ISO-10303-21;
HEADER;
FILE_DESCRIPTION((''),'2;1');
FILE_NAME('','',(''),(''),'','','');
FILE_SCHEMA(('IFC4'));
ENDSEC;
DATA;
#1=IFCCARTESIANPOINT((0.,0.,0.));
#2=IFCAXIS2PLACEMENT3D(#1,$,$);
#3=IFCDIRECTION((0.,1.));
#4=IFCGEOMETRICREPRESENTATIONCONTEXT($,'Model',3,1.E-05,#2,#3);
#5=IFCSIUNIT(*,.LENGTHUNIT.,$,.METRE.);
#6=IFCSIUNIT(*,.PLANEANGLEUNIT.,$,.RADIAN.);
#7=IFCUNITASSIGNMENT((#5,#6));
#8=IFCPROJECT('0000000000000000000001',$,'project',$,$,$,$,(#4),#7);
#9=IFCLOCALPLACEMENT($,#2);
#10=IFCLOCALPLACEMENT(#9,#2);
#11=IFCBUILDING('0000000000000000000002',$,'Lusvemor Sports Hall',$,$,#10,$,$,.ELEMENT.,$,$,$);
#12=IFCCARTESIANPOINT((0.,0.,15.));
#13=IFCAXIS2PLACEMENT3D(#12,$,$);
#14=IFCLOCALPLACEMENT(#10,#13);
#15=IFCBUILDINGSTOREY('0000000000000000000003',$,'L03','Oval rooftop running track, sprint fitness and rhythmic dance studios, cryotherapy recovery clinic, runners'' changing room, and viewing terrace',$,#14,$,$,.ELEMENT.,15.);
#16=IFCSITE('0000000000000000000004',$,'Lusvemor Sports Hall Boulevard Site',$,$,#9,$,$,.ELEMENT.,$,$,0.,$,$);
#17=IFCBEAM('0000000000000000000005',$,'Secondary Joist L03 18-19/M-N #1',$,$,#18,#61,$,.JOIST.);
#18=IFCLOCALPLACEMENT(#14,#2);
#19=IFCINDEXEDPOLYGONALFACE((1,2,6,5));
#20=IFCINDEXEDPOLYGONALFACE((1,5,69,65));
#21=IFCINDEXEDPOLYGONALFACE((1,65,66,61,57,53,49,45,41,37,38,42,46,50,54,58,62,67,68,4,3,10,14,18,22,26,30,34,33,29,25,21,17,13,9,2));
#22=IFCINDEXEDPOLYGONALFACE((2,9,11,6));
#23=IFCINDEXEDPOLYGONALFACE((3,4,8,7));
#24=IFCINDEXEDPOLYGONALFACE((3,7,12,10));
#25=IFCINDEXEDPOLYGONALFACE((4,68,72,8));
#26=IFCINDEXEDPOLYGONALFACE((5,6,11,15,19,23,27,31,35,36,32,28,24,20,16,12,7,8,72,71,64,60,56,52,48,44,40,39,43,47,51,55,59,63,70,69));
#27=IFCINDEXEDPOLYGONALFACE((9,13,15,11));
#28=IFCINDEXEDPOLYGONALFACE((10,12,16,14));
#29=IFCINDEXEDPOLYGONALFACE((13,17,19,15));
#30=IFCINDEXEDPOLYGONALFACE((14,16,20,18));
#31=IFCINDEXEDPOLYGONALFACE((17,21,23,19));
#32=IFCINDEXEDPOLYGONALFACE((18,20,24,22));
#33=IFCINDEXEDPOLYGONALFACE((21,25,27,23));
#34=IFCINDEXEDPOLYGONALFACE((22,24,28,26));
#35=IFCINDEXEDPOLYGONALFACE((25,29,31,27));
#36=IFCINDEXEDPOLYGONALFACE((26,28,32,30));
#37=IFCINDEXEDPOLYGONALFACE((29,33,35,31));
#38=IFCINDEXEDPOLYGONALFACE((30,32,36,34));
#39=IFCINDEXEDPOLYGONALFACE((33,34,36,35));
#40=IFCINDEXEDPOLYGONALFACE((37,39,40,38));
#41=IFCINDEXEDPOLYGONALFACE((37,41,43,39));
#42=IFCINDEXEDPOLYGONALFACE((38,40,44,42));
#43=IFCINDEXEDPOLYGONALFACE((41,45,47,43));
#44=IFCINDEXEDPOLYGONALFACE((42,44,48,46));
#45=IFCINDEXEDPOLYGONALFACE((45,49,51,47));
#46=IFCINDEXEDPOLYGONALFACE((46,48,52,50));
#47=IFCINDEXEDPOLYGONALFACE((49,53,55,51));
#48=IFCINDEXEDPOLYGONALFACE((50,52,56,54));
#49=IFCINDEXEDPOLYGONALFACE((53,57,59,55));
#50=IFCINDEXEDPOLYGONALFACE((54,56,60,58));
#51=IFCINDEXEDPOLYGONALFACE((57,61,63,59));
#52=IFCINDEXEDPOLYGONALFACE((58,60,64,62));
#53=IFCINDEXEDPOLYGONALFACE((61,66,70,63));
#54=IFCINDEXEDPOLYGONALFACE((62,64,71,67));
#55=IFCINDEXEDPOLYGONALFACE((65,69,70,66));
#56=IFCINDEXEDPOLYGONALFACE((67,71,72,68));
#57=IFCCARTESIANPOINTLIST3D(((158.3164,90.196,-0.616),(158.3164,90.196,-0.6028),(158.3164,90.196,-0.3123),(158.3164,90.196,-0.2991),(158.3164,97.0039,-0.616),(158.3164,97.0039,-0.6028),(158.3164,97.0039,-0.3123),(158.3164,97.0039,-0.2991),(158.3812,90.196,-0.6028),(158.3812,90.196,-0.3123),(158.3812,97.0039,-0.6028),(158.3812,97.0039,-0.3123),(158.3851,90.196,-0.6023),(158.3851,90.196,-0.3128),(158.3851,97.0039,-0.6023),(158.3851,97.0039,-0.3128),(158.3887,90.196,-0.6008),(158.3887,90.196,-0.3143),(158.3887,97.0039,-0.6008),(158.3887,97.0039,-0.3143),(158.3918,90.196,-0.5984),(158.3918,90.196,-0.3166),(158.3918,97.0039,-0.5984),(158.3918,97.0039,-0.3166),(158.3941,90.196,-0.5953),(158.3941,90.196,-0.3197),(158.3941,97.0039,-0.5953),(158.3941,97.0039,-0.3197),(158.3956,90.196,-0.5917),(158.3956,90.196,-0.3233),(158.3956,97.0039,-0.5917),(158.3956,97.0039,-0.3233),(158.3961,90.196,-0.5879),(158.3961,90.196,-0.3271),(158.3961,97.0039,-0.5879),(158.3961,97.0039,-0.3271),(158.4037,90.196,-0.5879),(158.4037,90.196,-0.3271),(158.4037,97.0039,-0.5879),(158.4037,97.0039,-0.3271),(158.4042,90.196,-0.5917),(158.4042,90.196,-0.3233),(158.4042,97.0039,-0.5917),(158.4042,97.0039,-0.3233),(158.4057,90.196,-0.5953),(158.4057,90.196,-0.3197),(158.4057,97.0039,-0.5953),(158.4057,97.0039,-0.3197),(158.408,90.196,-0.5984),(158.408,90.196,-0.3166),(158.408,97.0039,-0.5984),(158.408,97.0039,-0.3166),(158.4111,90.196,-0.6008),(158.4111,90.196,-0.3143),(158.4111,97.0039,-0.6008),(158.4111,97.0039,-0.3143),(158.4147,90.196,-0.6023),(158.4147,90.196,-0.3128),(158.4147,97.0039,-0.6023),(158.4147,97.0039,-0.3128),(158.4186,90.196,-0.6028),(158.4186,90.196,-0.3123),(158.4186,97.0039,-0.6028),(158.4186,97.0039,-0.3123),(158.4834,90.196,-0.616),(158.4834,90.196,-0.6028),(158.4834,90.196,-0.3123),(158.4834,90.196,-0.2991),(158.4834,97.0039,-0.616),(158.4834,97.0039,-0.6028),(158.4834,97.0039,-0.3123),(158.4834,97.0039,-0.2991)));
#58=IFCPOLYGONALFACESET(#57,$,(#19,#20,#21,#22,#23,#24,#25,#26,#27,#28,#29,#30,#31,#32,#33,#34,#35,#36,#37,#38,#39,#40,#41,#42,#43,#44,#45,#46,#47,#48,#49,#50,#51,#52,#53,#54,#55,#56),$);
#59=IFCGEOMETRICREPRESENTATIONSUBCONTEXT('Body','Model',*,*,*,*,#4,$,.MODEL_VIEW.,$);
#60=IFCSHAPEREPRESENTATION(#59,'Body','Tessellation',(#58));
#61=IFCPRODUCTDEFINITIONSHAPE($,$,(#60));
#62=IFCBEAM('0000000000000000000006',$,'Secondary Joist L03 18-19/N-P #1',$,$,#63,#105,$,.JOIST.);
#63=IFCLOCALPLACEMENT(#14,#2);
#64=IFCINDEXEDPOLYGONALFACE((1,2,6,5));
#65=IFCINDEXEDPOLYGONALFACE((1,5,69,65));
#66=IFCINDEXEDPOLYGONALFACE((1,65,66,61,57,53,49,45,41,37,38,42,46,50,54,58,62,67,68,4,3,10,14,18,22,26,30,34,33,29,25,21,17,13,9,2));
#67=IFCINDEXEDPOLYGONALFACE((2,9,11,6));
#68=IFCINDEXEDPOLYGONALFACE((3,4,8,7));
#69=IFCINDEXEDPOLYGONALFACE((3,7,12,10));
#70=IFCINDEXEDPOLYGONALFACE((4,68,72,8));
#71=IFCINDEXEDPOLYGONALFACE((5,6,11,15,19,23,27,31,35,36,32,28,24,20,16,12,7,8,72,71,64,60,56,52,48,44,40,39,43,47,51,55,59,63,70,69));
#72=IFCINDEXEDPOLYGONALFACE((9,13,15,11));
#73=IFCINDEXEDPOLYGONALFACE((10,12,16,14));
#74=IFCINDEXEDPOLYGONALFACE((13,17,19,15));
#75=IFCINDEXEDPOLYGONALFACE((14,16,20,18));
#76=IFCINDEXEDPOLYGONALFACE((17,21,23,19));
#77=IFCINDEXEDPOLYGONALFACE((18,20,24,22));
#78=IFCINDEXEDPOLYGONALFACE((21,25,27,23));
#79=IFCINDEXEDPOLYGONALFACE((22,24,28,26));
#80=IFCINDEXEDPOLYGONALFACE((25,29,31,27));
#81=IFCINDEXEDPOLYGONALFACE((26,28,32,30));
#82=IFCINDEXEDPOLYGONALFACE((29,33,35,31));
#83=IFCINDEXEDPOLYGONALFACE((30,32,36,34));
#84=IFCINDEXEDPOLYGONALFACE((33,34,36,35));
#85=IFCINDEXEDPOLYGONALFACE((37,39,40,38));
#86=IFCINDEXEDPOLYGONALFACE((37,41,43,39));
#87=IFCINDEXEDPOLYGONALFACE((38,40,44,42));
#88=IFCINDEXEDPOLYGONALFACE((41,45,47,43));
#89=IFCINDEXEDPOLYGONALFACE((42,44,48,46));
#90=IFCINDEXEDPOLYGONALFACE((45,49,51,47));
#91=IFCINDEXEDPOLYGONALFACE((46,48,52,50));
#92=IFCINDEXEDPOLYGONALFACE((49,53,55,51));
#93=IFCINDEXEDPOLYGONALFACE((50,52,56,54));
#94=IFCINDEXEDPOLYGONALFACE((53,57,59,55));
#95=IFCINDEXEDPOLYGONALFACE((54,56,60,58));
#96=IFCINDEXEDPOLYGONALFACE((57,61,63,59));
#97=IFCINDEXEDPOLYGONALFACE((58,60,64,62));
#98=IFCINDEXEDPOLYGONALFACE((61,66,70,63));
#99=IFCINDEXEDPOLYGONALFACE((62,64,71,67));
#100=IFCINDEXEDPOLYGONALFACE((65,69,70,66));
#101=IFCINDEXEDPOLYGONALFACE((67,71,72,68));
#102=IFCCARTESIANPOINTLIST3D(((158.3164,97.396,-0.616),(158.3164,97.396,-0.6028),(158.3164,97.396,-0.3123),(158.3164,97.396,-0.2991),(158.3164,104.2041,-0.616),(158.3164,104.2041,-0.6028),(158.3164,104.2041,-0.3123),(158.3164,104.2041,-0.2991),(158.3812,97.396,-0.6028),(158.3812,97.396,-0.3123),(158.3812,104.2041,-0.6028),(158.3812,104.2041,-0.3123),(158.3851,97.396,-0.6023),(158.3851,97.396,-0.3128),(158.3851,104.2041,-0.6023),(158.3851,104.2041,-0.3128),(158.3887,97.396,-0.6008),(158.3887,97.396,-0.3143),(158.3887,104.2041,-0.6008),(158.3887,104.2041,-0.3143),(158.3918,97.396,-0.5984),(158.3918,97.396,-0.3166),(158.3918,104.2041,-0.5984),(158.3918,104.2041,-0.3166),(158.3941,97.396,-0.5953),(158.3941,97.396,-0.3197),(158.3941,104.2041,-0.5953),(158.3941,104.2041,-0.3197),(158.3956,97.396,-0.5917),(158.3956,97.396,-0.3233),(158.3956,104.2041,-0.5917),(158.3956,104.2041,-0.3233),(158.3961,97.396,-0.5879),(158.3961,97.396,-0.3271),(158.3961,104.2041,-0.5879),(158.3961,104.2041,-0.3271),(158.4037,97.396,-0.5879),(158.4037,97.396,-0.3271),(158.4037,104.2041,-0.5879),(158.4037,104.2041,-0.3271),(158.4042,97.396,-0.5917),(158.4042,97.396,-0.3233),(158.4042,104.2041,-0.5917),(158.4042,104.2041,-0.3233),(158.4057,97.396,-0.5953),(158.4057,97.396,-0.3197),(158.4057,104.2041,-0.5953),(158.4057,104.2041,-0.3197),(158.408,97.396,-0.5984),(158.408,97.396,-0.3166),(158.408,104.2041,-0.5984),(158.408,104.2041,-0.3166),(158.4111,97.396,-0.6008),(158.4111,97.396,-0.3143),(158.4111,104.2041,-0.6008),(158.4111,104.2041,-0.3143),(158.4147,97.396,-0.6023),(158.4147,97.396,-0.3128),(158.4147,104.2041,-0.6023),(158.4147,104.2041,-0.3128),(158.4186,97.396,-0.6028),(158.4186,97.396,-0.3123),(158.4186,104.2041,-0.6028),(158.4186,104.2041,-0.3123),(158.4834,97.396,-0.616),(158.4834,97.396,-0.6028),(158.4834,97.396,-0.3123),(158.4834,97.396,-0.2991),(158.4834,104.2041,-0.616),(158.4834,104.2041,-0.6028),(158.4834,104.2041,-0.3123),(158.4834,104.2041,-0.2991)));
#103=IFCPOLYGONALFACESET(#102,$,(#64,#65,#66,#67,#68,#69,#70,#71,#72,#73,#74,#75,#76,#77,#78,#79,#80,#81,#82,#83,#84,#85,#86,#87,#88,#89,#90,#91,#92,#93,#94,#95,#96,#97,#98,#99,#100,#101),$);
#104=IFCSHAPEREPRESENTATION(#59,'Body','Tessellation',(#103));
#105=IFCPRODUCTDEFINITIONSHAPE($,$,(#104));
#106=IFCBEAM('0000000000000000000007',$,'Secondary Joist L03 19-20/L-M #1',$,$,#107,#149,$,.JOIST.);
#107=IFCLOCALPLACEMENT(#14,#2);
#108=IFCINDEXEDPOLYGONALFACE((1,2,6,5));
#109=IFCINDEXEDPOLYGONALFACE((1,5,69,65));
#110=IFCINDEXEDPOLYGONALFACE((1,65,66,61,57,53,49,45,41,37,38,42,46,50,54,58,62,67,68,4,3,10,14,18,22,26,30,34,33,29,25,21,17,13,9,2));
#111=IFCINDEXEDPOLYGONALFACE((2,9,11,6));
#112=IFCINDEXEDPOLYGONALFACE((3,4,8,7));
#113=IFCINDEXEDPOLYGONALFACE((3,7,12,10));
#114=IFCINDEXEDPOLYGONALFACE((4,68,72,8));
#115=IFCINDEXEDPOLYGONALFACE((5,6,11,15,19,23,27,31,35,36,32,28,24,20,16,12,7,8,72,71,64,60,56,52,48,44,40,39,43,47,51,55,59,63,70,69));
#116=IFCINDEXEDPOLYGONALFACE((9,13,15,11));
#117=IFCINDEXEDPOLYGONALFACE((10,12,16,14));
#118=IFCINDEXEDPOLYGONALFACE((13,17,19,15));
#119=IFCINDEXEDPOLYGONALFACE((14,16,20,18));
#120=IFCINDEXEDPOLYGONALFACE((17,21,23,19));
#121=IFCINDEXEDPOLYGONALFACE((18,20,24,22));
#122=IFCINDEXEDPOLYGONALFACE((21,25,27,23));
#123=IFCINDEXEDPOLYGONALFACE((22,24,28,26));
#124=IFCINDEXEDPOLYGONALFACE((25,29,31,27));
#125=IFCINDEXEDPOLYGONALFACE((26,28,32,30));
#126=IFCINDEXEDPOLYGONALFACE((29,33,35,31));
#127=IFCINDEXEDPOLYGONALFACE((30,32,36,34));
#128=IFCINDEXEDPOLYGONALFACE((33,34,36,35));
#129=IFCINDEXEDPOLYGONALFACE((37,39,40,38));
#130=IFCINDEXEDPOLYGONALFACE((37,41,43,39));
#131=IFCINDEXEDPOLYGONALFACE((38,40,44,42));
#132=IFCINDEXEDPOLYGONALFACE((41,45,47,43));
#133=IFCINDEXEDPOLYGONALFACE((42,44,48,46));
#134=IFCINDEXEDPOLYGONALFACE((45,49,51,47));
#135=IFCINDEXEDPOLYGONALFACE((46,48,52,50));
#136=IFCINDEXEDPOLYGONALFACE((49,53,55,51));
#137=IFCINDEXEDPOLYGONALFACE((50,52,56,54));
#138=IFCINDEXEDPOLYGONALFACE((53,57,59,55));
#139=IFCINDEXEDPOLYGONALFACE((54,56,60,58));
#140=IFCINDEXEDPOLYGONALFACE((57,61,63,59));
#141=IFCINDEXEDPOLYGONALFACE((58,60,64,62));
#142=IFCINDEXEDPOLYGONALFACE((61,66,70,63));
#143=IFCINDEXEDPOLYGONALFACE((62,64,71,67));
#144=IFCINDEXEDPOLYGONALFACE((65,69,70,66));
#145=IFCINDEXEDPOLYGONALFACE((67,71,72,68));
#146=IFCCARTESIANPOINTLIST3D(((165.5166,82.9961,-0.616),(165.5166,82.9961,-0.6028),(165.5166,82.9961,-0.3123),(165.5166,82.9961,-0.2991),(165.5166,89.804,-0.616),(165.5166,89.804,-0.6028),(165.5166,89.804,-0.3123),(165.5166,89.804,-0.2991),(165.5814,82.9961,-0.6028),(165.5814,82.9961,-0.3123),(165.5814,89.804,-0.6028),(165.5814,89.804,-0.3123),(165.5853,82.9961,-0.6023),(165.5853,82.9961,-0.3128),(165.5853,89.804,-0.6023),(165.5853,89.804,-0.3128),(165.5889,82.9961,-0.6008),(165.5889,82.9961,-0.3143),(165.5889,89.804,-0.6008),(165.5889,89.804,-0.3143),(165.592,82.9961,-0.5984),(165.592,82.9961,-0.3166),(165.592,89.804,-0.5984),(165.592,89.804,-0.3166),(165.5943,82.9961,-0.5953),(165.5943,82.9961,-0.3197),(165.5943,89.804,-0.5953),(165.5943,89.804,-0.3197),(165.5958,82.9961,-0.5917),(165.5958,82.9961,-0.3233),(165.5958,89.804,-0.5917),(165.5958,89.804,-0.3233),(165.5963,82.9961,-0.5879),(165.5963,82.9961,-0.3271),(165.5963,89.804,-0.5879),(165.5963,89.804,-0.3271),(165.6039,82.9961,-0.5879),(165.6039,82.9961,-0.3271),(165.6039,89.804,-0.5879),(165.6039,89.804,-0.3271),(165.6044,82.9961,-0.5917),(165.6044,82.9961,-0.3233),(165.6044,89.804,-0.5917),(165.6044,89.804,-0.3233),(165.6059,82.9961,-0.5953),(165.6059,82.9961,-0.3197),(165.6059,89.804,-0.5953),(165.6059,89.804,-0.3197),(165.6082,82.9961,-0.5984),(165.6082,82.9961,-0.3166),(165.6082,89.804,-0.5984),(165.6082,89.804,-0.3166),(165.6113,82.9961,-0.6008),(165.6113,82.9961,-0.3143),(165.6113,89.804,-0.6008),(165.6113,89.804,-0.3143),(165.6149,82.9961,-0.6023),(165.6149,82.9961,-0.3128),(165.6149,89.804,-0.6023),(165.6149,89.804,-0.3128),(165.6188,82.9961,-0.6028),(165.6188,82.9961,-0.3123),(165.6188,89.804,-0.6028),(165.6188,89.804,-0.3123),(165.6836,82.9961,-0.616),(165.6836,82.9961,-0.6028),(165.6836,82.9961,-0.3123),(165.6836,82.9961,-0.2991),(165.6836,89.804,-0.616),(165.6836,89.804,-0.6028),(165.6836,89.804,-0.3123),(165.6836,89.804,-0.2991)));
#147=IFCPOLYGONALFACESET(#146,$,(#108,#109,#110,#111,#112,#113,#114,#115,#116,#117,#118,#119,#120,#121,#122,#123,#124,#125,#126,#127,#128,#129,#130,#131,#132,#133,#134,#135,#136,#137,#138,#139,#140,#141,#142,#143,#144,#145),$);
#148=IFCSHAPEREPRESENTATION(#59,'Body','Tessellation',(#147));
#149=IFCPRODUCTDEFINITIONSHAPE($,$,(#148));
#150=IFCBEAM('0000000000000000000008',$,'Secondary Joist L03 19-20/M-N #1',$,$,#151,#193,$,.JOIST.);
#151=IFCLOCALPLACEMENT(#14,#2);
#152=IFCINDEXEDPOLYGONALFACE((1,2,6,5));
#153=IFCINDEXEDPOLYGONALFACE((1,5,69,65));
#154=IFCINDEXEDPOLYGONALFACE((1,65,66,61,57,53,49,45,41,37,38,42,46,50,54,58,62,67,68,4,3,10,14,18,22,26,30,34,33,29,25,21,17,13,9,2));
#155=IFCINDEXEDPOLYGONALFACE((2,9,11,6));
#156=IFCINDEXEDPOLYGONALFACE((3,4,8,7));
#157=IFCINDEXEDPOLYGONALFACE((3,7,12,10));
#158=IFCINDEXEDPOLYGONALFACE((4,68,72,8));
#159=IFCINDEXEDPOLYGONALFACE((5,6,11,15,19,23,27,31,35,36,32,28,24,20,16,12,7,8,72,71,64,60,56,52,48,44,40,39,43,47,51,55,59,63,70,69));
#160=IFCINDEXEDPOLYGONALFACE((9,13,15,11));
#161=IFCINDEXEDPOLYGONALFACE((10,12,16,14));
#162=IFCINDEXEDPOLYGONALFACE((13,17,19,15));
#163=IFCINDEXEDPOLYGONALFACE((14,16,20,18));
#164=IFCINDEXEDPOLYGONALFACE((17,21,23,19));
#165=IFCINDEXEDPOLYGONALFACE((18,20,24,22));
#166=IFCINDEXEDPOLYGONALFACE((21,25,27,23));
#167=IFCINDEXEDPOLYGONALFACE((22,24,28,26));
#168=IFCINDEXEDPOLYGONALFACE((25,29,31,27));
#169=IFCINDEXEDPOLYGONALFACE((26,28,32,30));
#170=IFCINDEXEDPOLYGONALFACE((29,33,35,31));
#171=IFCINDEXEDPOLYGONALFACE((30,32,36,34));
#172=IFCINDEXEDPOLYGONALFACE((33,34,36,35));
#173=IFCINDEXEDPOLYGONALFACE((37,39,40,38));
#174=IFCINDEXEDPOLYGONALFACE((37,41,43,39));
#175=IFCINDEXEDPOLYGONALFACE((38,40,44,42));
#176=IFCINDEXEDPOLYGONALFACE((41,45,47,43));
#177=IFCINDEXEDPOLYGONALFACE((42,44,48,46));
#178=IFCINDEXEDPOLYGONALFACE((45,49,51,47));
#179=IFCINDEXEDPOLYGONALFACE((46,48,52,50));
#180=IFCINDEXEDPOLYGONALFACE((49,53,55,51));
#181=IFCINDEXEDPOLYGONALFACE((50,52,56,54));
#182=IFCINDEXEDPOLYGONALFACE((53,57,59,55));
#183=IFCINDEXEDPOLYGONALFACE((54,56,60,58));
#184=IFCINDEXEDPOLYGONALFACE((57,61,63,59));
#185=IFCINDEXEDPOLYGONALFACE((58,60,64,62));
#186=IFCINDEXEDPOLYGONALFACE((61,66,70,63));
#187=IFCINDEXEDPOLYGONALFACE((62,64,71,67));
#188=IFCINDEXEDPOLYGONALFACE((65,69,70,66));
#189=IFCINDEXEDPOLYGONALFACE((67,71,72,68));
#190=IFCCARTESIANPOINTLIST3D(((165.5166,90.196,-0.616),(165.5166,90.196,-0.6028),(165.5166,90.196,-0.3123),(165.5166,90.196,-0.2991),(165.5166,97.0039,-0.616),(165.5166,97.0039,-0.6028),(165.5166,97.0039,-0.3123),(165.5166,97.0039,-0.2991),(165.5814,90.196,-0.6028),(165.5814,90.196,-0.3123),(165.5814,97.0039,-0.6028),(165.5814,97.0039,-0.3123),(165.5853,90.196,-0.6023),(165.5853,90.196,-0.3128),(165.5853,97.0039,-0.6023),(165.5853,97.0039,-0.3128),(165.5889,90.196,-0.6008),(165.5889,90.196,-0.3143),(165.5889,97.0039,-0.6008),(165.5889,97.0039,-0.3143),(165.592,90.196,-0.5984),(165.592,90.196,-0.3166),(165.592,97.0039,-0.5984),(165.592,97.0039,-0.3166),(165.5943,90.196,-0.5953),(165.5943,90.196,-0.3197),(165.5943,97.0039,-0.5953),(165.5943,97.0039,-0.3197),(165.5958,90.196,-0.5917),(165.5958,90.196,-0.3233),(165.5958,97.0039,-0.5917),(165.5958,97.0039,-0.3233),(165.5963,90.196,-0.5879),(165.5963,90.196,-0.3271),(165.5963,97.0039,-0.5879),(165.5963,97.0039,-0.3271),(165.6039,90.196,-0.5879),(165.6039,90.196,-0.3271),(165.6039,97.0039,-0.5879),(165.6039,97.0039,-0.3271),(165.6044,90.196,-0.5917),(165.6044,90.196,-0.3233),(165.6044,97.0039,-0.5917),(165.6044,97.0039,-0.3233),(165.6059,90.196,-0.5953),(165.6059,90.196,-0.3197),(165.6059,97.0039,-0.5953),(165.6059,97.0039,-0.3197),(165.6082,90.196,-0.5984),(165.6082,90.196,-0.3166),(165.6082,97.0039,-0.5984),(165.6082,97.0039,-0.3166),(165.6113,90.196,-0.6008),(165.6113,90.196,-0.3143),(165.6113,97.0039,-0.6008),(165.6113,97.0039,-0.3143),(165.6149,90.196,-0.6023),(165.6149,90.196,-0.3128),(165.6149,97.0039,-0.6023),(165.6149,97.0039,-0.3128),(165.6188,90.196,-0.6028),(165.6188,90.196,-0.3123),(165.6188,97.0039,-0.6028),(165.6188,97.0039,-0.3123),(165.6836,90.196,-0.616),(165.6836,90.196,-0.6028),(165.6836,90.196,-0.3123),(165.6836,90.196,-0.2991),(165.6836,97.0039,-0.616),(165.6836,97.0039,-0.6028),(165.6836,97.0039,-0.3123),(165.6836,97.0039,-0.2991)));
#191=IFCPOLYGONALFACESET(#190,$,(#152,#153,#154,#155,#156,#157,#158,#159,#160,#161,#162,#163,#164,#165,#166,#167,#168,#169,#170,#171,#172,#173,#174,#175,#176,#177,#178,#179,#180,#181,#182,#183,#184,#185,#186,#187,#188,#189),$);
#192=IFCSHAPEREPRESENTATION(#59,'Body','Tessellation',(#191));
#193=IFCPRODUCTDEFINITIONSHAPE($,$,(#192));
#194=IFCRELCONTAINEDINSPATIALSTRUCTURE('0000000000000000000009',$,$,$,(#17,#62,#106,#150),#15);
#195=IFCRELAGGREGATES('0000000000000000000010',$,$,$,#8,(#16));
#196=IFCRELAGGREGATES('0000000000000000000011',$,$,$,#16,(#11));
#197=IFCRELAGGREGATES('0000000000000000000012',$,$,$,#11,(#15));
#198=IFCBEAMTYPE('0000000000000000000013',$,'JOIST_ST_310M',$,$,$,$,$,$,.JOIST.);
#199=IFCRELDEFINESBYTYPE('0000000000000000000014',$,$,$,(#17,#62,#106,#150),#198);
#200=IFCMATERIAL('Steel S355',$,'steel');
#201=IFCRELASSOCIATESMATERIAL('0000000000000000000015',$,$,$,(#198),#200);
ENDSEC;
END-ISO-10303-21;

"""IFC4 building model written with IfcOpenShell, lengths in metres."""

from ifc_helpers import new_model, si_unit, direction, frame, origin, origin_2d, place, context, subcontext, project, spatial, i_section, extrude, material, material_profile, profile_set, type_object, element, save


model = new_model("IFC4")

# Units and contexts
model_context = context("Model", 3, precision=1e-05, world=origin(), true_north=direction((0.0, 1.0)))
body_context = subcontext(model_context, "Body", "Model", "MODEL_VIEW")
ifc_project = project(units=[si_unit("LENGTHUNIT", "METRE"), si_unit("PLANEANGLEUNIT", "RADIAN")], contexts=[model_context])

# Site, building, storey
site_placement = place(None, origin())
site = spatial("IfcSite", under=ifc_project, at=site_placement, Name="Lusvemor Sports Hall Boulevard Site", CompositionType="ELEMENT", RefElevation=0.0)
building_placement = place(site_placement, origin())
building = spatial("IfcBuilding", under=site, at=building_placement, Name="Lusvemor Sports Hall", CompositionType="ELEMENT")
storey_placement = place(building_placement, frame((0.0, 0.0, 15.0)))
storey = spatial("IfcBuildingStorey", under=building, at=storey_placement, Name="L03", Description="Oval rooftop running track, sprint fitness and rhythmic dance studios, cryotherapy recovery clinic, runners' changing room, and viewing terrace", CompositionType="ELEMENT", Elevation=15.0)

# Beams
ifc_material_1 = material(Name="Steel S355", Category="steel")
ifc_material_profile_1 = material_profile(ifc_material_1, i_section(OverallWidth=0.167, OverallDepth=0.3169, WebThickness=0.0076, FlangeThickness=0.0132, FilletRadius=0.0149, at=origin_2d()), Name="W310x52.0")
ifc_profile_set_1 = profile_set([ifc_material_profile_1], Name="Steel S355")
beam_type_1 = type_object("IfcBeamType", Name="JOIST_ST_310M", PredefinedType="JOIST", material=ifc_profile_set_1)
beam_1_placement = place(storey_placement, frame((158.3999, 90.196, -0.4575), z_axis=(0.0, 1.0, 0.0), x_axis=(-1.0, 0.0, 0.0)))
element("IfcBeam", 1, at=beam_1_placement, inside=storey, type_object=beam_type_1, Name="Secondary Joist L03 18-19/M-N #1", PredefinedType="JOIST", context=body_context, shape_type="SweptSolid", body=[
    extrude(i_section(OverallWidth=0.167, OverallDepth=0.3169, WebThickness=0.0076, FlangeThickness=0.0132, FilletRadius=0.0149, at=origin_2d()), origin(), (0.0, 0.0, 1.0), 6.8079),
])
beam_2_placement = place(storey_placement, frame((158.3999, 97.396, -0.4575), z_axis=(0.0, 1.0, 0.0), x_axis=(-1.0, 0.0, 0.0)))
element("IfcBeam", 2, at=beam_2_placement, inside=storey, type_object=beam_type_1, Name="Secondary Joist L03 18-19/N-P #1", PredefinedType="JOIST", context=body_context, shape_type="SweptSolid", body=[
    extrude(i_section(OverallWidth=0.167, OverallDepth=0.3169, WebThickness=0.0076, FlangeThickness=0.0132, FilletRadius=0.0149, at=origin_2d()), origin(), (0.0, 0.0, 1.0), 6.8081),
])
for number, where, z_axis, x_axis, name in (
    (3, (165.6001, 82.9961, -0.4575), (0.0, 1.0, 0.0), (-1.0, 0.0, 0.0), "Secondary Joist L03 19-20/L-M #1"),
    (4, (165.6001, 90.196, -0.4575), (0.0, 1.0, 0.0), (-1.0, 0.0, 0.0), "Secondary Joist L03 19-20/M-N #1"),
):
    element("IfcBeam", number, at=place(storey_placement, frame(where, z_axis=z_axis, x_axis=x_axis)), inside=storey, type_object=beam_type_1, Name=name, PredefinedType="JOIST", context=body_context, shape_type="SweptSolid", body=[
        extrude(i_section(OverallWidth=0.167, OverallDepth=0.3169, WebThickness=0.0076, FlangeThickness=0.0132, FilletRadius=0.0149, at=origin_2d()), origin(), (0.0, 0.0, 1.0), 6.8079),
    ])

save(model, "model.ifc")
